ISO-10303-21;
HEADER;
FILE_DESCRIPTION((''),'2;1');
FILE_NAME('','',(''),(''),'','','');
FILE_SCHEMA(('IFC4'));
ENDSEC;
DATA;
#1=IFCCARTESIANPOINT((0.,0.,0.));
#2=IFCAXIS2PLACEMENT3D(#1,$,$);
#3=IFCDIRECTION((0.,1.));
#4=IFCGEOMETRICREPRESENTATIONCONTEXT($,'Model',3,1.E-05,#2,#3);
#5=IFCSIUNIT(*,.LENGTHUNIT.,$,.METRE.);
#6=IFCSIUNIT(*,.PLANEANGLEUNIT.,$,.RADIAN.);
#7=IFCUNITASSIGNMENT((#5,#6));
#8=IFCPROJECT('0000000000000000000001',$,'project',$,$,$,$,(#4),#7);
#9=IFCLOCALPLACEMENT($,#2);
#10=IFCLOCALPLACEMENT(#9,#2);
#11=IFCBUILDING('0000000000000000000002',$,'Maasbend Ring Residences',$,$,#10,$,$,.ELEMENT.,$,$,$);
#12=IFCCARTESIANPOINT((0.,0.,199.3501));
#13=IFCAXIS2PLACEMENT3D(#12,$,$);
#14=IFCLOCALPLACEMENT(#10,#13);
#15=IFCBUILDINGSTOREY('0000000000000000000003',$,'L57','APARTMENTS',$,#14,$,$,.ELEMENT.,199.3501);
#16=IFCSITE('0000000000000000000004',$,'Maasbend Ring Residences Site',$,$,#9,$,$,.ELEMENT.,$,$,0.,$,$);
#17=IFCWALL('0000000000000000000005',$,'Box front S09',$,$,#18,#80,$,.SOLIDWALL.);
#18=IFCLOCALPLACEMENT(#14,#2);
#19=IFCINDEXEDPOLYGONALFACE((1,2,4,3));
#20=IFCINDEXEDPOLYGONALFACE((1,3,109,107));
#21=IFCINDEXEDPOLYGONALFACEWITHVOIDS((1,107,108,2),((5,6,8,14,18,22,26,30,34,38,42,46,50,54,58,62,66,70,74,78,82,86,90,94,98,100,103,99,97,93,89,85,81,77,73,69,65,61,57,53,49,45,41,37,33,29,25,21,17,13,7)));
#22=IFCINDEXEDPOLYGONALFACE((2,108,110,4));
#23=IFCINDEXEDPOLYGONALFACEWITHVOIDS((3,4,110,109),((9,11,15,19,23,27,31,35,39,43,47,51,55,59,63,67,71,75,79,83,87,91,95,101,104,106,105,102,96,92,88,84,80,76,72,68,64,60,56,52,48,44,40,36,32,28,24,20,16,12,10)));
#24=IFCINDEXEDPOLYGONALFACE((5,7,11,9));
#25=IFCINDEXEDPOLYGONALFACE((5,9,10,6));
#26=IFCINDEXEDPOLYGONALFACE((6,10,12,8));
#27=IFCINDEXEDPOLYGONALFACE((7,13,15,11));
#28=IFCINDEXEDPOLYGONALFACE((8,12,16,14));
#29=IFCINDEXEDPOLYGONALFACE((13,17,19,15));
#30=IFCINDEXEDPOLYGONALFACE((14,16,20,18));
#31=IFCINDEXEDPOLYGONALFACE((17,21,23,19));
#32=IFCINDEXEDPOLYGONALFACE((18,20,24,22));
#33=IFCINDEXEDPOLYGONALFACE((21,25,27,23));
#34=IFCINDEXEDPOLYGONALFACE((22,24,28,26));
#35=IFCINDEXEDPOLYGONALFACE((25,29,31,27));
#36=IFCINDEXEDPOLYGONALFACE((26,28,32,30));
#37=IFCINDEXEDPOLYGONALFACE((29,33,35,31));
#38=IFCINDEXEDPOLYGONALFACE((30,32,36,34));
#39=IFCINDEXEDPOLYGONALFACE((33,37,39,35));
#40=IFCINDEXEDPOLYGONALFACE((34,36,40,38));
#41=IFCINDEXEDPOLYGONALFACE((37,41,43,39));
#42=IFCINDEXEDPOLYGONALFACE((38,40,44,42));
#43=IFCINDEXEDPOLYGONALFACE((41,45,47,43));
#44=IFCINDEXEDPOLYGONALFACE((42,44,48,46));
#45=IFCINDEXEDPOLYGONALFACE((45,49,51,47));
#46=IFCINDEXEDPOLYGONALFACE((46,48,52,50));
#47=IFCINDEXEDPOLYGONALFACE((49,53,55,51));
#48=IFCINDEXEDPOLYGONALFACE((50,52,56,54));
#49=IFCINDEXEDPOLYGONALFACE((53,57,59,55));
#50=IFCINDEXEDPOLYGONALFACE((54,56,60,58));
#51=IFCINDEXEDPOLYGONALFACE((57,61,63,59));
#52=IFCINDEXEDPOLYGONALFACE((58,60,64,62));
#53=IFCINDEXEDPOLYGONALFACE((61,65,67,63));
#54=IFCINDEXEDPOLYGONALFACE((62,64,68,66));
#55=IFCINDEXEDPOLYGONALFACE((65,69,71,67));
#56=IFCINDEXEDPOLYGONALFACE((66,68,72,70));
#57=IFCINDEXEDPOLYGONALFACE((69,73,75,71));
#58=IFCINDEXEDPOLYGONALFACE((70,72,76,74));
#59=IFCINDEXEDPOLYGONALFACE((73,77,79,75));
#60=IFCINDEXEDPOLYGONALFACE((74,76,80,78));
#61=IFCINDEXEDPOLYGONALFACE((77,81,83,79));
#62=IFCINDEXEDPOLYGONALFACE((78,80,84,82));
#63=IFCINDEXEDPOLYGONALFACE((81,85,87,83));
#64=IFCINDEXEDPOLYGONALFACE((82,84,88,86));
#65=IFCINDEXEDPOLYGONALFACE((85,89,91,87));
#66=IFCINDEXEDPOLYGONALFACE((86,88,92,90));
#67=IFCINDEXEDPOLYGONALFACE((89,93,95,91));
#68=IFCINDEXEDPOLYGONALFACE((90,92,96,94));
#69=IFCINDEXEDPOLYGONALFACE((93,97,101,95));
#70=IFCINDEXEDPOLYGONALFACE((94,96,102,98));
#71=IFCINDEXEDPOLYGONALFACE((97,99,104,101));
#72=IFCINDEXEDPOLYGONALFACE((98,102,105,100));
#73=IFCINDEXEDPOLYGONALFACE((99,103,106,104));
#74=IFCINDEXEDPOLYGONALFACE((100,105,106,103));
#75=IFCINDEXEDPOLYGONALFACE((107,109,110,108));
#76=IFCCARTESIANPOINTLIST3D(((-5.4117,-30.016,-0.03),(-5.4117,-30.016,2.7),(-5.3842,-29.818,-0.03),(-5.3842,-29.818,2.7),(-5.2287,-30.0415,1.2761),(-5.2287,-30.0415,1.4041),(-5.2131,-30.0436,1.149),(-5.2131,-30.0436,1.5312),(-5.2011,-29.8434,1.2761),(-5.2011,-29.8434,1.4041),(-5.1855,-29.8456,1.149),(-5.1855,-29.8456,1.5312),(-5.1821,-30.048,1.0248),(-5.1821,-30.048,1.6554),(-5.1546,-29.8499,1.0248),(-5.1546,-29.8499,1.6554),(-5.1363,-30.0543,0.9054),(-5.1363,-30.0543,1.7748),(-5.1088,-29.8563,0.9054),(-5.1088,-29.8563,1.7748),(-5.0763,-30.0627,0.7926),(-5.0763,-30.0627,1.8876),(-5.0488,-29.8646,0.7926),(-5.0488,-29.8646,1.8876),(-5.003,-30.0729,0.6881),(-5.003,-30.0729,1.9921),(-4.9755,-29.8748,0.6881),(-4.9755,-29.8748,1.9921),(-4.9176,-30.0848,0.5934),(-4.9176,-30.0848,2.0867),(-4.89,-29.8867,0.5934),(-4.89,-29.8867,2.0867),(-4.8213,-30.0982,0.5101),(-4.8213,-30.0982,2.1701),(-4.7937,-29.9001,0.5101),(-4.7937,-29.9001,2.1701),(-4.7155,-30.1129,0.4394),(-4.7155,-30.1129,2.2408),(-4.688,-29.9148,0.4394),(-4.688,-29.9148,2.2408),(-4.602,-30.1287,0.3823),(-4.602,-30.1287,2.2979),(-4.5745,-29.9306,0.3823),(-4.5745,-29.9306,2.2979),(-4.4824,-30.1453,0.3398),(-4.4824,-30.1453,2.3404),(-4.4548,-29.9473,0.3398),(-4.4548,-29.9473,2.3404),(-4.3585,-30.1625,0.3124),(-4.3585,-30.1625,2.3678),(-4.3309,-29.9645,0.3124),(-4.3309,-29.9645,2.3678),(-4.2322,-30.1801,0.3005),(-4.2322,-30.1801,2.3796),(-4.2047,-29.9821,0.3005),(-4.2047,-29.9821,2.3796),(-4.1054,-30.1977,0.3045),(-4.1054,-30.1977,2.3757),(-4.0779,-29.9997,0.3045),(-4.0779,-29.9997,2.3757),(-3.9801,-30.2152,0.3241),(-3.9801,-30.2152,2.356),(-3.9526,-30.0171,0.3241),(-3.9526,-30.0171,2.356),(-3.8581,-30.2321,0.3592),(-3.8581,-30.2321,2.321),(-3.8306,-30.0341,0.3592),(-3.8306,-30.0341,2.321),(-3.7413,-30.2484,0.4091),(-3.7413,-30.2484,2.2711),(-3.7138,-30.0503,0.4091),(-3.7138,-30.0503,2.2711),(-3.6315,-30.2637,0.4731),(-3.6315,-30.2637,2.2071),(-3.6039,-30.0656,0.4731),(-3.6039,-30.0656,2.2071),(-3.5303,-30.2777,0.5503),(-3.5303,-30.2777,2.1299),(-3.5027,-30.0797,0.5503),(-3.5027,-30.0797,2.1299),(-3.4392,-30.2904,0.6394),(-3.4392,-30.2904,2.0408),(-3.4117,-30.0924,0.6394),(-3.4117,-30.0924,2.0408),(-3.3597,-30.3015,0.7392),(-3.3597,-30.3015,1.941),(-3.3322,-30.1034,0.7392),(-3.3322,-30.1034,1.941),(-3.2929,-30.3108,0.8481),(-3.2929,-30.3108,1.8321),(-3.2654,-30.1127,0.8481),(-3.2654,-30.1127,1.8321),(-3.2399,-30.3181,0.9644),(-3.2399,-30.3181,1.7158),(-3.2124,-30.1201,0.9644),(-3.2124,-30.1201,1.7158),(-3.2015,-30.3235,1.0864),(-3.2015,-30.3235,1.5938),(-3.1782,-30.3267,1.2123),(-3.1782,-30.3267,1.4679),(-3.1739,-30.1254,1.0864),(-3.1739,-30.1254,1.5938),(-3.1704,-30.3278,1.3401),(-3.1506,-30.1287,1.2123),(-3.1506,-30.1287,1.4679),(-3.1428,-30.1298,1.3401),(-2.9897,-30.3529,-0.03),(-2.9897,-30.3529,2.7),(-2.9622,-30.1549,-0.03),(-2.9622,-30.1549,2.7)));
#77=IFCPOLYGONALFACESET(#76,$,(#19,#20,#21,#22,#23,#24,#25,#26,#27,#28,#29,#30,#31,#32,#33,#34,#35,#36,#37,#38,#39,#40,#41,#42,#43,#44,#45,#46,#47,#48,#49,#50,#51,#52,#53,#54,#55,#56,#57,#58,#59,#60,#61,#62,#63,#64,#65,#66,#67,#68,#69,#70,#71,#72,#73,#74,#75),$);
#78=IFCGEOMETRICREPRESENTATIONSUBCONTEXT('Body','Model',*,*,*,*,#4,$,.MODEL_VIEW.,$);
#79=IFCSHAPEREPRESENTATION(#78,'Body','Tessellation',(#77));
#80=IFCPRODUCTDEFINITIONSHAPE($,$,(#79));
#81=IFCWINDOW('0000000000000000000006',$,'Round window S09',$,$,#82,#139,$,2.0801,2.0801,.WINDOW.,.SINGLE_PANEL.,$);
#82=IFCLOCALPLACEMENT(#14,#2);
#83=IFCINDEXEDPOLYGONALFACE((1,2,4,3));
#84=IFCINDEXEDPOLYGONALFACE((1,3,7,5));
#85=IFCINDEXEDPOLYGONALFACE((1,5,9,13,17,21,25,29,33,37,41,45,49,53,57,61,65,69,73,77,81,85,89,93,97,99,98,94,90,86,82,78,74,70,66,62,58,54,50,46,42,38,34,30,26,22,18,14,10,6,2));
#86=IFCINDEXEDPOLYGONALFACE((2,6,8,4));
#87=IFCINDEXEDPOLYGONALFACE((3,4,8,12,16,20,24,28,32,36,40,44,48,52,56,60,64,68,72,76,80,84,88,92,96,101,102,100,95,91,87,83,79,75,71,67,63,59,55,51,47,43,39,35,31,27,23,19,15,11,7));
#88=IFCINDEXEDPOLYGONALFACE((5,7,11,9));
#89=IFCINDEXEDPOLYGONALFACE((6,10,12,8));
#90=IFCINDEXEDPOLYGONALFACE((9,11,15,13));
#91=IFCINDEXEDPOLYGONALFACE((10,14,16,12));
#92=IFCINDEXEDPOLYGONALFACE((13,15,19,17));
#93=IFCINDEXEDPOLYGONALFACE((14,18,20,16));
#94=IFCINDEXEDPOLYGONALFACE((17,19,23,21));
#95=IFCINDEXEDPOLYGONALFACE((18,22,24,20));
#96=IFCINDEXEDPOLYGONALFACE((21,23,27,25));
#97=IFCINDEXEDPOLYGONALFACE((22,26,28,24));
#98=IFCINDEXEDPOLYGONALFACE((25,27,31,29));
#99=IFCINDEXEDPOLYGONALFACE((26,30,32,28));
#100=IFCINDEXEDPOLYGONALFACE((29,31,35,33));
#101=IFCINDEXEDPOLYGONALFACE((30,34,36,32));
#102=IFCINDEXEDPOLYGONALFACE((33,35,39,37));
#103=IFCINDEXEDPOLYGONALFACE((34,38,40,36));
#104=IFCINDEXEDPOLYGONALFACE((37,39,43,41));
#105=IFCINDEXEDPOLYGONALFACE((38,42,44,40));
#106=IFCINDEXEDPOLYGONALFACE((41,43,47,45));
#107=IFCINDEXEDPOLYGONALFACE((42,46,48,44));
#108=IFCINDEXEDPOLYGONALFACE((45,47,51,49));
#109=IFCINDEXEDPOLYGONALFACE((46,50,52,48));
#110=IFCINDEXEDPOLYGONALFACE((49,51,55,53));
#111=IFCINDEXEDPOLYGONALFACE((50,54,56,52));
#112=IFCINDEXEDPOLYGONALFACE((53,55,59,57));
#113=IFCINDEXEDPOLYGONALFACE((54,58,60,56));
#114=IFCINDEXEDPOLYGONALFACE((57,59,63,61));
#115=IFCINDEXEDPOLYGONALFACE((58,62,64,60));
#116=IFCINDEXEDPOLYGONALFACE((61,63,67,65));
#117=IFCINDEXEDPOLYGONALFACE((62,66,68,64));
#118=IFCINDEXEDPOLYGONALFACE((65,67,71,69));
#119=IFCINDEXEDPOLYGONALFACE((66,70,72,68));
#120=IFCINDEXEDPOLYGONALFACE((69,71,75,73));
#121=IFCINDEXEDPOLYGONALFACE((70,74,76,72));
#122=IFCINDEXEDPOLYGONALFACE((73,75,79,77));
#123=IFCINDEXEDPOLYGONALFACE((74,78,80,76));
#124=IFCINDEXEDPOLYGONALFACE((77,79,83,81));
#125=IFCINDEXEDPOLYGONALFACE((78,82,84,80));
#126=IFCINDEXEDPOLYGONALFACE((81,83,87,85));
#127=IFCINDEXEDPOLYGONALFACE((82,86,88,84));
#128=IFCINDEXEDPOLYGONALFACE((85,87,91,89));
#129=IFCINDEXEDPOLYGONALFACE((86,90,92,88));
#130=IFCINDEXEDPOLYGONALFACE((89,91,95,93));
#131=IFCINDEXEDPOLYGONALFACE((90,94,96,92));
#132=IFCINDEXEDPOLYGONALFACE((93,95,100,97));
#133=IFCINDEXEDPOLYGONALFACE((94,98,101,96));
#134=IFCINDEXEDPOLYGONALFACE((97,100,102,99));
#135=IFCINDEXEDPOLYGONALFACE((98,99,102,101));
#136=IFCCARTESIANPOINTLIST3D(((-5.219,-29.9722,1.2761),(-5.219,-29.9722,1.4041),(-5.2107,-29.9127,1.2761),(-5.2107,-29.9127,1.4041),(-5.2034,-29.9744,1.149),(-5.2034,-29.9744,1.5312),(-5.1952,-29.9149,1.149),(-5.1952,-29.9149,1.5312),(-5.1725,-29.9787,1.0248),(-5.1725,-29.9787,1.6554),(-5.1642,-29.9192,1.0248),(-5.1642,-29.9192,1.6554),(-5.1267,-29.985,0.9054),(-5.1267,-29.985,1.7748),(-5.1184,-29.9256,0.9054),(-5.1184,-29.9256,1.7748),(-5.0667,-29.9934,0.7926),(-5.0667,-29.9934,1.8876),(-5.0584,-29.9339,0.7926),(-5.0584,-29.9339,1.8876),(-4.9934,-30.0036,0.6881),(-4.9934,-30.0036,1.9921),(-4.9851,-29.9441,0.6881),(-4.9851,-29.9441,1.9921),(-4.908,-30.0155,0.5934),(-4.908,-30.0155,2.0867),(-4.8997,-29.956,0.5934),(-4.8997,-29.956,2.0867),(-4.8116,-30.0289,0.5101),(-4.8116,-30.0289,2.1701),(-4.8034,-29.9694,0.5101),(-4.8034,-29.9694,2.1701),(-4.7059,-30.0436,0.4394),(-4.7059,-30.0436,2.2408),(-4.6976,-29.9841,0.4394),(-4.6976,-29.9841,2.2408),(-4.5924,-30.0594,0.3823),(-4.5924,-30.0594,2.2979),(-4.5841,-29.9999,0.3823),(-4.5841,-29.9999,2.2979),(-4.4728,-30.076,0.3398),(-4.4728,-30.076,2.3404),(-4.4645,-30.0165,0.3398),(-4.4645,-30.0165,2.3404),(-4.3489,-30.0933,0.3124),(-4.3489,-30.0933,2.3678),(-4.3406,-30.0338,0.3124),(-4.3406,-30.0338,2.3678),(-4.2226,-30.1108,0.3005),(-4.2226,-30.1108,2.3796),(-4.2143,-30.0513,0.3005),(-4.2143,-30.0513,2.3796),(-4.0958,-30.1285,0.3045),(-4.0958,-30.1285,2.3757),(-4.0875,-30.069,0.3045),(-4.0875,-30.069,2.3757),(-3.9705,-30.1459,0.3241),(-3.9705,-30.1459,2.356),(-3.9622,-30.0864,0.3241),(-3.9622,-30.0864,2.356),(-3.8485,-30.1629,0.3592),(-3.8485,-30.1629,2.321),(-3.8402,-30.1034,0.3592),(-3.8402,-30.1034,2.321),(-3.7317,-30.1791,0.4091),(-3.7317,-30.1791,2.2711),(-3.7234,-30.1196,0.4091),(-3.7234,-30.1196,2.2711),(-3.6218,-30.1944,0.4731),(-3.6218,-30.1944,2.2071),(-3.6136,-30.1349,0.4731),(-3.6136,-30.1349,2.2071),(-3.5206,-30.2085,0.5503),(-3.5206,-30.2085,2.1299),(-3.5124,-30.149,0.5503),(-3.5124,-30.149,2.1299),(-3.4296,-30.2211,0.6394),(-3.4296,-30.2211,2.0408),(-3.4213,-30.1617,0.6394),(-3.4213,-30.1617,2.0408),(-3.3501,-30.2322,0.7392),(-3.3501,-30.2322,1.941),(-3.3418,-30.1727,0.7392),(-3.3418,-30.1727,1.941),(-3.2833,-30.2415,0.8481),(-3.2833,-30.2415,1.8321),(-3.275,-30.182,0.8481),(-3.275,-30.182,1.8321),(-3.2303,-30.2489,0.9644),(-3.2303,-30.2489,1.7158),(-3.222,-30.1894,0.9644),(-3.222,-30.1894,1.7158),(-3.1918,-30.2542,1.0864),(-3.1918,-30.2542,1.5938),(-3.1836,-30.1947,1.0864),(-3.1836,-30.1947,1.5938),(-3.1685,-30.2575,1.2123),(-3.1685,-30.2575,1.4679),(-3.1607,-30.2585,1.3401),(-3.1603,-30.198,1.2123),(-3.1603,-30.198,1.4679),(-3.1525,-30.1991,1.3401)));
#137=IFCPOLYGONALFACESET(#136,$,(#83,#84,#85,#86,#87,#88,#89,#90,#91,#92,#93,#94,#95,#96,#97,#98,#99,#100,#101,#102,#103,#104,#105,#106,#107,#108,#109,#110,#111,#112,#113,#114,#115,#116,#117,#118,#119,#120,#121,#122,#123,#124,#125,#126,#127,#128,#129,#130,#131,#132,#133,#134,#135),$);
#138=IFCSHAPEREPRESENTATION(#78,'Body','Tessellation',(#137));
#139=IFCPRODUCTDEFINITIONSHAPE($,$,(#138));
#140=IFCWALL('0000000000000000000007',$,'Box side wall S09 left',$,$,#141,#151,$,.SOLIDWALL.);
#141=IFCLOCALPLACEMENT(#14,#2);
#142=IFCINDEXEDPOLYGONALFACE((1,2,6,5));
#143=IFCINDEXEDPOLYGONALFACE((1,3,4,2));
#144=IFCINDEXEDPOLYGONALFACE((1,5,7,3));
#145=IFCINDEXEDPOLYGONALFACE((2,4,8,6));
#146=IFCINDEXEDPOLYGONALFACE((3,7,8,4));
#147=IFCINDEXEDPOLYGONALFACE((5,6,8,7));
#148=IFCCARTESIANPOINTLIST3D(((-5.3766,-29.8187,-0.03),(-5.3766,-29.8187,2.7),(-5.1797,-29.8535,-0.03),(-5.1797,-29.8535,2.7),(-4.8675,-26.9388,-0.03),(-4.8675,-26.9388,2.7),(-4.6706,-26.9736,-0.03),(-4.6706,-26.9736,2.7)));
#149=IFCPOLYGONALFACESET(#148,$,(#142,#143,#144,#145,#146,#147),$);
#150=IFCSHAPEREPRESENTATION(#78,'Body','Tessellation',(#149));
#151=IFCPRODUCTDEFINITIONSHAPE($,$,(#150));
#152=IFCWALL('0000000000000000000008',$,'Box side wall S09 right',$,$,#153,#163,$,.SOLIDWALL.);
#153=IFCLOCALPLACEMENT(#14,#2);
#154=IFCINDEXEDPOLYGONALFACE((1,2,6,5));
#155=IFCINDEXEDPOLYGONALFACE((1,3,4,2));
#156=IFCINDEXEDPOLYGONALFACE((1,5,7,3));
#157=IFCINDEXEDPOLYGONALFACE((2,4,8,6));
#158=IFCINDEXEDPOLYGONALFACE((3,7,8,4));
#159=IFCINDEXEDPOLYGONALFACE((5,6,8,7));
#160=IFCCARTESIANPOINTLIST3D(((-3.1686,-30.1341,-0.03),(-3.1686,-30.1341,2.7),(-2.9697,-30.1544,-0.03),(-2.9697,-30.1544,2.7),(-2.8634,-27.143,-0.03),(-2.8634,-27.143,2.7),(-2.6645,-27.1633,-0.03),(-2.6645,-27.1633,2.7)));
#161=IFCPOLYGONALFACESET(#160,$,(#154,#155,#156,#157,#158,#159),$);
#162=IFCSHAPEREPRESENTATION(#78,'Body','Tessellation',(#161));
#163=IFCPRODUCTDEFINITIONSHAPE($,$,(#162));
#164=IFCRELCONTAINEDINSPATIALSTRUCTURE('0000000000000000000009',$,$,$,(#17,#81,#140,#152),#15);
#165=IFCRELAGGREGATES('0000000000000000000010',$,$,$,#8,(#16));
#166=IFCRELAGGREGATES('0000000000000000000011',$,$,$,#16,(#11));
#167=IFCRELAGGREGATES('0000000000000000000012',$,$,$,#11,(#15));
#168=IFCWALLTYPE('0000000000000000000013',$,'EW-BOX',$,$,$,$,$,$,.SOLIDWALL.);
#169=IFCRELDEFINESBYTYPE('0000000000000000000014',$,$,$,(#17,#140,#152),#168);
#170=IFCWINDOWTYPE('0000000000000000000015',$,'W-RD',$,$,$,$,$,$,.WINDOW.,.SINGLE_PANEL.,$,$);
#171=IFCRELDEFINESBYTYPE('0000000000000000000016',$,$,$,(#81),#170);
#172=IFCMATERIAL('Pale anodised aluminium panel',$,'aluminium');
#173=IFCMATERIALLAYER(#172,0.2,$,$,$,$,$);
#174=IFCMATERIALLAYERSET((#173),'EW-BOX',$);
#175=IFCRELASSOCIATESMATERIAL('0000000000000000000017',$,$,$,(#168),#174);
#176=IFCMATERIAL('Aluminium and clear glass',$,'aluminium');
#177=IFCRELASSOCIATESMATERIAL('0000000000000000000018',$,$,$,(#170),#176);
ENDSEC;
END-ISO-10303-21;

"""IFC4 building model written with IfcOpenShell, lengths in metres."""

from ifc_helpers import new_model, si_unit, direction, frame, frame_2d, origin, place, context, subcontext, project, spatial, rectangle, circle, extrude, material, layer, layer_set, type_object, element, fill, save


model = new_model("IFC4")

# Units and contexts
model_context = context("Model", 3, precision=1e-05, world=origin(), true_north=direction((0.0, 1.0)))
body_context = subcontext(model_context, "Body", "Model", "MODEL_VIEW")
ifc_project = project(units=[si_unit("LENGTHUNIT", "METRE"), si_unit("PLANEANGLEUNIT", "RADIAN")], contexts=[model_context])

# Site, building, storey
site_placement = place(None, origin())
site = spatial("IfcSite", under=ifc_project, at=site_placement, Name="Maasbend Ring Residences Site", CompositionType="ELEMENT", RefElevation=0.0)
building_placement = place(site_placement, origin())
building = spatial("IfcBuilding", under=site, at=building_placement, Name="Maasbend Ring Residences", CompositionType="ELEMENT")
storey_placement = place(building_placement, frame((0.0, 0.0, 199.3501)))
storey = spatial("IfcBuildingStorey", under=building, at=storey_placement, Name="L57", Description="APARTMENTS", CompositionType="ELEMENT", Elevation=199.3501)

# Shared definitions
ifc_material_1 = material(Name="Pale anodised aluminium panel", Category="aluminium")
ifc_layer_1 = layer(ifc_material_1, 0.2)
ifc_layer_set_1 = layer_set([ifc_layer_1], Name="EW-BOX")
wall_type_1 = type_object("IfcWallType", Name="EW-BOX", PredefinedType="SOLIDWALL", material=ifc_layer_set_1)
ifc_material_2 = material(Name="Aluminium and clear glass", Category="aluminium")
window_type_1 = type_object("IfcWindowType", Name="W-RD", PartitioningType="SINGLE_PANEL", PredefinedType="WINDOW", material=ifc_material_2)

# Wall, opening, window
wall_1_placement = place(storey_placement, frame((-5.3979, -29.917, -0.03), z_axis=(0.0, 0.0, 1.0), x_axis=(0.990462, -0.137786, 0.0)))
wall_1 = element("IfcWall", 1, at=wall_1_placement, inside=storey, type_object=wall_type_1, Name="Box front S09", PredefinedType="SOLIDWALL", context=body_context, shape_type="SweptSolid", body=[
    extrude(rectangle(XDim=2.4453, YDim=0.2, at=frame_2d((1.2227, 0.0))), origin(), (0.0, 0.0, 1.0), 2.73),
])
opening_1_placement = place(wall_1_placement, frame((0.1829, 0.0, 0.3301)))
opening_1 = element("IfcOpeningElement", 2, at=opening_1_placement, cuts=wall_1, PredefinedType="OPENING", context=body_context, shape_type="SweptSolid", body=[
    extrude(circle(Radius=1.04, at=frame_2d((1.04, 1.04))), frame((0.0, 0.1099, 0.0), z_axis=(0.0, -1.0, 0.0), x_axis=(1.0, 0.0, 0.0)), (0.0, 0.0, 1.0), 0.22),
])
window_1_placement = place(opening_1_placement, origin())
window_1 = element("IfcWindow", 3, at=window_1_placement, inside=storey, type_object=window_type_1, Name="Round window S09", OverallHeight=2.0801, OverallWidth=2.0801, PartitioningType="SINGLE_PANEL", PredefinedType="WINDOW", context=body_context, shape_type="SweptSolid", body=[
    extrude(circle(Radius=1.04, at=frame_2d((1.04, 1.04))), frame((0.0, 0.03, 0.0), z_axis=(0.0, -1.0, 0.0), x_axis=(1.0, 0.0, 0.0)), (0.0, 0.0, 1.0), 0.0601),
])
fill(opening_1, window_1)

# Walls
wall_2_placement = place(storey_placement, frame((-4.769, -26.9561, -0.03), z_axis=(0.0, 0.0, 1.0), x_axis=(-0.174057, -0.984736, 0.0)))
element("IfcWall", 4, at=wall_2_placement, inside=storey, type_object=wall_type_1, Name="Box side wall S09 left", PredefinedType="SOLIDWALL", context=body_context, shape_type="SweptSolid", body=[
    extrude(rectangle(XDim=2.9246, YDim=0.2, at=frame_2d((1.4624, 0.0))), origin(), (0.0, 0.0, 1.0), 2.73),
])
wall_3_placement = place(storey_placement, frame((-2.7639, -27.1531, -0.03), z_axis=(0.0, 0.0, 1.0), x_axis=(-0.101505, -0.994835, 0.0)))
element("IfcWall", 5, at=wall_3_placement, inside=storey, type_object=wall_type_1, Name="Box side wall S09 right", PredefinedType="SOLIDWALL", context=body_context, shape_type="SweptSolid", body=[
    extrude(rectangle(XDim=3.0066, YDim=0.2, at=frame_2d((1.5034, 0.0))), origin(), (0.0, 0.0, 1.0), 2.73),
])

save(model, "model.ifc")
